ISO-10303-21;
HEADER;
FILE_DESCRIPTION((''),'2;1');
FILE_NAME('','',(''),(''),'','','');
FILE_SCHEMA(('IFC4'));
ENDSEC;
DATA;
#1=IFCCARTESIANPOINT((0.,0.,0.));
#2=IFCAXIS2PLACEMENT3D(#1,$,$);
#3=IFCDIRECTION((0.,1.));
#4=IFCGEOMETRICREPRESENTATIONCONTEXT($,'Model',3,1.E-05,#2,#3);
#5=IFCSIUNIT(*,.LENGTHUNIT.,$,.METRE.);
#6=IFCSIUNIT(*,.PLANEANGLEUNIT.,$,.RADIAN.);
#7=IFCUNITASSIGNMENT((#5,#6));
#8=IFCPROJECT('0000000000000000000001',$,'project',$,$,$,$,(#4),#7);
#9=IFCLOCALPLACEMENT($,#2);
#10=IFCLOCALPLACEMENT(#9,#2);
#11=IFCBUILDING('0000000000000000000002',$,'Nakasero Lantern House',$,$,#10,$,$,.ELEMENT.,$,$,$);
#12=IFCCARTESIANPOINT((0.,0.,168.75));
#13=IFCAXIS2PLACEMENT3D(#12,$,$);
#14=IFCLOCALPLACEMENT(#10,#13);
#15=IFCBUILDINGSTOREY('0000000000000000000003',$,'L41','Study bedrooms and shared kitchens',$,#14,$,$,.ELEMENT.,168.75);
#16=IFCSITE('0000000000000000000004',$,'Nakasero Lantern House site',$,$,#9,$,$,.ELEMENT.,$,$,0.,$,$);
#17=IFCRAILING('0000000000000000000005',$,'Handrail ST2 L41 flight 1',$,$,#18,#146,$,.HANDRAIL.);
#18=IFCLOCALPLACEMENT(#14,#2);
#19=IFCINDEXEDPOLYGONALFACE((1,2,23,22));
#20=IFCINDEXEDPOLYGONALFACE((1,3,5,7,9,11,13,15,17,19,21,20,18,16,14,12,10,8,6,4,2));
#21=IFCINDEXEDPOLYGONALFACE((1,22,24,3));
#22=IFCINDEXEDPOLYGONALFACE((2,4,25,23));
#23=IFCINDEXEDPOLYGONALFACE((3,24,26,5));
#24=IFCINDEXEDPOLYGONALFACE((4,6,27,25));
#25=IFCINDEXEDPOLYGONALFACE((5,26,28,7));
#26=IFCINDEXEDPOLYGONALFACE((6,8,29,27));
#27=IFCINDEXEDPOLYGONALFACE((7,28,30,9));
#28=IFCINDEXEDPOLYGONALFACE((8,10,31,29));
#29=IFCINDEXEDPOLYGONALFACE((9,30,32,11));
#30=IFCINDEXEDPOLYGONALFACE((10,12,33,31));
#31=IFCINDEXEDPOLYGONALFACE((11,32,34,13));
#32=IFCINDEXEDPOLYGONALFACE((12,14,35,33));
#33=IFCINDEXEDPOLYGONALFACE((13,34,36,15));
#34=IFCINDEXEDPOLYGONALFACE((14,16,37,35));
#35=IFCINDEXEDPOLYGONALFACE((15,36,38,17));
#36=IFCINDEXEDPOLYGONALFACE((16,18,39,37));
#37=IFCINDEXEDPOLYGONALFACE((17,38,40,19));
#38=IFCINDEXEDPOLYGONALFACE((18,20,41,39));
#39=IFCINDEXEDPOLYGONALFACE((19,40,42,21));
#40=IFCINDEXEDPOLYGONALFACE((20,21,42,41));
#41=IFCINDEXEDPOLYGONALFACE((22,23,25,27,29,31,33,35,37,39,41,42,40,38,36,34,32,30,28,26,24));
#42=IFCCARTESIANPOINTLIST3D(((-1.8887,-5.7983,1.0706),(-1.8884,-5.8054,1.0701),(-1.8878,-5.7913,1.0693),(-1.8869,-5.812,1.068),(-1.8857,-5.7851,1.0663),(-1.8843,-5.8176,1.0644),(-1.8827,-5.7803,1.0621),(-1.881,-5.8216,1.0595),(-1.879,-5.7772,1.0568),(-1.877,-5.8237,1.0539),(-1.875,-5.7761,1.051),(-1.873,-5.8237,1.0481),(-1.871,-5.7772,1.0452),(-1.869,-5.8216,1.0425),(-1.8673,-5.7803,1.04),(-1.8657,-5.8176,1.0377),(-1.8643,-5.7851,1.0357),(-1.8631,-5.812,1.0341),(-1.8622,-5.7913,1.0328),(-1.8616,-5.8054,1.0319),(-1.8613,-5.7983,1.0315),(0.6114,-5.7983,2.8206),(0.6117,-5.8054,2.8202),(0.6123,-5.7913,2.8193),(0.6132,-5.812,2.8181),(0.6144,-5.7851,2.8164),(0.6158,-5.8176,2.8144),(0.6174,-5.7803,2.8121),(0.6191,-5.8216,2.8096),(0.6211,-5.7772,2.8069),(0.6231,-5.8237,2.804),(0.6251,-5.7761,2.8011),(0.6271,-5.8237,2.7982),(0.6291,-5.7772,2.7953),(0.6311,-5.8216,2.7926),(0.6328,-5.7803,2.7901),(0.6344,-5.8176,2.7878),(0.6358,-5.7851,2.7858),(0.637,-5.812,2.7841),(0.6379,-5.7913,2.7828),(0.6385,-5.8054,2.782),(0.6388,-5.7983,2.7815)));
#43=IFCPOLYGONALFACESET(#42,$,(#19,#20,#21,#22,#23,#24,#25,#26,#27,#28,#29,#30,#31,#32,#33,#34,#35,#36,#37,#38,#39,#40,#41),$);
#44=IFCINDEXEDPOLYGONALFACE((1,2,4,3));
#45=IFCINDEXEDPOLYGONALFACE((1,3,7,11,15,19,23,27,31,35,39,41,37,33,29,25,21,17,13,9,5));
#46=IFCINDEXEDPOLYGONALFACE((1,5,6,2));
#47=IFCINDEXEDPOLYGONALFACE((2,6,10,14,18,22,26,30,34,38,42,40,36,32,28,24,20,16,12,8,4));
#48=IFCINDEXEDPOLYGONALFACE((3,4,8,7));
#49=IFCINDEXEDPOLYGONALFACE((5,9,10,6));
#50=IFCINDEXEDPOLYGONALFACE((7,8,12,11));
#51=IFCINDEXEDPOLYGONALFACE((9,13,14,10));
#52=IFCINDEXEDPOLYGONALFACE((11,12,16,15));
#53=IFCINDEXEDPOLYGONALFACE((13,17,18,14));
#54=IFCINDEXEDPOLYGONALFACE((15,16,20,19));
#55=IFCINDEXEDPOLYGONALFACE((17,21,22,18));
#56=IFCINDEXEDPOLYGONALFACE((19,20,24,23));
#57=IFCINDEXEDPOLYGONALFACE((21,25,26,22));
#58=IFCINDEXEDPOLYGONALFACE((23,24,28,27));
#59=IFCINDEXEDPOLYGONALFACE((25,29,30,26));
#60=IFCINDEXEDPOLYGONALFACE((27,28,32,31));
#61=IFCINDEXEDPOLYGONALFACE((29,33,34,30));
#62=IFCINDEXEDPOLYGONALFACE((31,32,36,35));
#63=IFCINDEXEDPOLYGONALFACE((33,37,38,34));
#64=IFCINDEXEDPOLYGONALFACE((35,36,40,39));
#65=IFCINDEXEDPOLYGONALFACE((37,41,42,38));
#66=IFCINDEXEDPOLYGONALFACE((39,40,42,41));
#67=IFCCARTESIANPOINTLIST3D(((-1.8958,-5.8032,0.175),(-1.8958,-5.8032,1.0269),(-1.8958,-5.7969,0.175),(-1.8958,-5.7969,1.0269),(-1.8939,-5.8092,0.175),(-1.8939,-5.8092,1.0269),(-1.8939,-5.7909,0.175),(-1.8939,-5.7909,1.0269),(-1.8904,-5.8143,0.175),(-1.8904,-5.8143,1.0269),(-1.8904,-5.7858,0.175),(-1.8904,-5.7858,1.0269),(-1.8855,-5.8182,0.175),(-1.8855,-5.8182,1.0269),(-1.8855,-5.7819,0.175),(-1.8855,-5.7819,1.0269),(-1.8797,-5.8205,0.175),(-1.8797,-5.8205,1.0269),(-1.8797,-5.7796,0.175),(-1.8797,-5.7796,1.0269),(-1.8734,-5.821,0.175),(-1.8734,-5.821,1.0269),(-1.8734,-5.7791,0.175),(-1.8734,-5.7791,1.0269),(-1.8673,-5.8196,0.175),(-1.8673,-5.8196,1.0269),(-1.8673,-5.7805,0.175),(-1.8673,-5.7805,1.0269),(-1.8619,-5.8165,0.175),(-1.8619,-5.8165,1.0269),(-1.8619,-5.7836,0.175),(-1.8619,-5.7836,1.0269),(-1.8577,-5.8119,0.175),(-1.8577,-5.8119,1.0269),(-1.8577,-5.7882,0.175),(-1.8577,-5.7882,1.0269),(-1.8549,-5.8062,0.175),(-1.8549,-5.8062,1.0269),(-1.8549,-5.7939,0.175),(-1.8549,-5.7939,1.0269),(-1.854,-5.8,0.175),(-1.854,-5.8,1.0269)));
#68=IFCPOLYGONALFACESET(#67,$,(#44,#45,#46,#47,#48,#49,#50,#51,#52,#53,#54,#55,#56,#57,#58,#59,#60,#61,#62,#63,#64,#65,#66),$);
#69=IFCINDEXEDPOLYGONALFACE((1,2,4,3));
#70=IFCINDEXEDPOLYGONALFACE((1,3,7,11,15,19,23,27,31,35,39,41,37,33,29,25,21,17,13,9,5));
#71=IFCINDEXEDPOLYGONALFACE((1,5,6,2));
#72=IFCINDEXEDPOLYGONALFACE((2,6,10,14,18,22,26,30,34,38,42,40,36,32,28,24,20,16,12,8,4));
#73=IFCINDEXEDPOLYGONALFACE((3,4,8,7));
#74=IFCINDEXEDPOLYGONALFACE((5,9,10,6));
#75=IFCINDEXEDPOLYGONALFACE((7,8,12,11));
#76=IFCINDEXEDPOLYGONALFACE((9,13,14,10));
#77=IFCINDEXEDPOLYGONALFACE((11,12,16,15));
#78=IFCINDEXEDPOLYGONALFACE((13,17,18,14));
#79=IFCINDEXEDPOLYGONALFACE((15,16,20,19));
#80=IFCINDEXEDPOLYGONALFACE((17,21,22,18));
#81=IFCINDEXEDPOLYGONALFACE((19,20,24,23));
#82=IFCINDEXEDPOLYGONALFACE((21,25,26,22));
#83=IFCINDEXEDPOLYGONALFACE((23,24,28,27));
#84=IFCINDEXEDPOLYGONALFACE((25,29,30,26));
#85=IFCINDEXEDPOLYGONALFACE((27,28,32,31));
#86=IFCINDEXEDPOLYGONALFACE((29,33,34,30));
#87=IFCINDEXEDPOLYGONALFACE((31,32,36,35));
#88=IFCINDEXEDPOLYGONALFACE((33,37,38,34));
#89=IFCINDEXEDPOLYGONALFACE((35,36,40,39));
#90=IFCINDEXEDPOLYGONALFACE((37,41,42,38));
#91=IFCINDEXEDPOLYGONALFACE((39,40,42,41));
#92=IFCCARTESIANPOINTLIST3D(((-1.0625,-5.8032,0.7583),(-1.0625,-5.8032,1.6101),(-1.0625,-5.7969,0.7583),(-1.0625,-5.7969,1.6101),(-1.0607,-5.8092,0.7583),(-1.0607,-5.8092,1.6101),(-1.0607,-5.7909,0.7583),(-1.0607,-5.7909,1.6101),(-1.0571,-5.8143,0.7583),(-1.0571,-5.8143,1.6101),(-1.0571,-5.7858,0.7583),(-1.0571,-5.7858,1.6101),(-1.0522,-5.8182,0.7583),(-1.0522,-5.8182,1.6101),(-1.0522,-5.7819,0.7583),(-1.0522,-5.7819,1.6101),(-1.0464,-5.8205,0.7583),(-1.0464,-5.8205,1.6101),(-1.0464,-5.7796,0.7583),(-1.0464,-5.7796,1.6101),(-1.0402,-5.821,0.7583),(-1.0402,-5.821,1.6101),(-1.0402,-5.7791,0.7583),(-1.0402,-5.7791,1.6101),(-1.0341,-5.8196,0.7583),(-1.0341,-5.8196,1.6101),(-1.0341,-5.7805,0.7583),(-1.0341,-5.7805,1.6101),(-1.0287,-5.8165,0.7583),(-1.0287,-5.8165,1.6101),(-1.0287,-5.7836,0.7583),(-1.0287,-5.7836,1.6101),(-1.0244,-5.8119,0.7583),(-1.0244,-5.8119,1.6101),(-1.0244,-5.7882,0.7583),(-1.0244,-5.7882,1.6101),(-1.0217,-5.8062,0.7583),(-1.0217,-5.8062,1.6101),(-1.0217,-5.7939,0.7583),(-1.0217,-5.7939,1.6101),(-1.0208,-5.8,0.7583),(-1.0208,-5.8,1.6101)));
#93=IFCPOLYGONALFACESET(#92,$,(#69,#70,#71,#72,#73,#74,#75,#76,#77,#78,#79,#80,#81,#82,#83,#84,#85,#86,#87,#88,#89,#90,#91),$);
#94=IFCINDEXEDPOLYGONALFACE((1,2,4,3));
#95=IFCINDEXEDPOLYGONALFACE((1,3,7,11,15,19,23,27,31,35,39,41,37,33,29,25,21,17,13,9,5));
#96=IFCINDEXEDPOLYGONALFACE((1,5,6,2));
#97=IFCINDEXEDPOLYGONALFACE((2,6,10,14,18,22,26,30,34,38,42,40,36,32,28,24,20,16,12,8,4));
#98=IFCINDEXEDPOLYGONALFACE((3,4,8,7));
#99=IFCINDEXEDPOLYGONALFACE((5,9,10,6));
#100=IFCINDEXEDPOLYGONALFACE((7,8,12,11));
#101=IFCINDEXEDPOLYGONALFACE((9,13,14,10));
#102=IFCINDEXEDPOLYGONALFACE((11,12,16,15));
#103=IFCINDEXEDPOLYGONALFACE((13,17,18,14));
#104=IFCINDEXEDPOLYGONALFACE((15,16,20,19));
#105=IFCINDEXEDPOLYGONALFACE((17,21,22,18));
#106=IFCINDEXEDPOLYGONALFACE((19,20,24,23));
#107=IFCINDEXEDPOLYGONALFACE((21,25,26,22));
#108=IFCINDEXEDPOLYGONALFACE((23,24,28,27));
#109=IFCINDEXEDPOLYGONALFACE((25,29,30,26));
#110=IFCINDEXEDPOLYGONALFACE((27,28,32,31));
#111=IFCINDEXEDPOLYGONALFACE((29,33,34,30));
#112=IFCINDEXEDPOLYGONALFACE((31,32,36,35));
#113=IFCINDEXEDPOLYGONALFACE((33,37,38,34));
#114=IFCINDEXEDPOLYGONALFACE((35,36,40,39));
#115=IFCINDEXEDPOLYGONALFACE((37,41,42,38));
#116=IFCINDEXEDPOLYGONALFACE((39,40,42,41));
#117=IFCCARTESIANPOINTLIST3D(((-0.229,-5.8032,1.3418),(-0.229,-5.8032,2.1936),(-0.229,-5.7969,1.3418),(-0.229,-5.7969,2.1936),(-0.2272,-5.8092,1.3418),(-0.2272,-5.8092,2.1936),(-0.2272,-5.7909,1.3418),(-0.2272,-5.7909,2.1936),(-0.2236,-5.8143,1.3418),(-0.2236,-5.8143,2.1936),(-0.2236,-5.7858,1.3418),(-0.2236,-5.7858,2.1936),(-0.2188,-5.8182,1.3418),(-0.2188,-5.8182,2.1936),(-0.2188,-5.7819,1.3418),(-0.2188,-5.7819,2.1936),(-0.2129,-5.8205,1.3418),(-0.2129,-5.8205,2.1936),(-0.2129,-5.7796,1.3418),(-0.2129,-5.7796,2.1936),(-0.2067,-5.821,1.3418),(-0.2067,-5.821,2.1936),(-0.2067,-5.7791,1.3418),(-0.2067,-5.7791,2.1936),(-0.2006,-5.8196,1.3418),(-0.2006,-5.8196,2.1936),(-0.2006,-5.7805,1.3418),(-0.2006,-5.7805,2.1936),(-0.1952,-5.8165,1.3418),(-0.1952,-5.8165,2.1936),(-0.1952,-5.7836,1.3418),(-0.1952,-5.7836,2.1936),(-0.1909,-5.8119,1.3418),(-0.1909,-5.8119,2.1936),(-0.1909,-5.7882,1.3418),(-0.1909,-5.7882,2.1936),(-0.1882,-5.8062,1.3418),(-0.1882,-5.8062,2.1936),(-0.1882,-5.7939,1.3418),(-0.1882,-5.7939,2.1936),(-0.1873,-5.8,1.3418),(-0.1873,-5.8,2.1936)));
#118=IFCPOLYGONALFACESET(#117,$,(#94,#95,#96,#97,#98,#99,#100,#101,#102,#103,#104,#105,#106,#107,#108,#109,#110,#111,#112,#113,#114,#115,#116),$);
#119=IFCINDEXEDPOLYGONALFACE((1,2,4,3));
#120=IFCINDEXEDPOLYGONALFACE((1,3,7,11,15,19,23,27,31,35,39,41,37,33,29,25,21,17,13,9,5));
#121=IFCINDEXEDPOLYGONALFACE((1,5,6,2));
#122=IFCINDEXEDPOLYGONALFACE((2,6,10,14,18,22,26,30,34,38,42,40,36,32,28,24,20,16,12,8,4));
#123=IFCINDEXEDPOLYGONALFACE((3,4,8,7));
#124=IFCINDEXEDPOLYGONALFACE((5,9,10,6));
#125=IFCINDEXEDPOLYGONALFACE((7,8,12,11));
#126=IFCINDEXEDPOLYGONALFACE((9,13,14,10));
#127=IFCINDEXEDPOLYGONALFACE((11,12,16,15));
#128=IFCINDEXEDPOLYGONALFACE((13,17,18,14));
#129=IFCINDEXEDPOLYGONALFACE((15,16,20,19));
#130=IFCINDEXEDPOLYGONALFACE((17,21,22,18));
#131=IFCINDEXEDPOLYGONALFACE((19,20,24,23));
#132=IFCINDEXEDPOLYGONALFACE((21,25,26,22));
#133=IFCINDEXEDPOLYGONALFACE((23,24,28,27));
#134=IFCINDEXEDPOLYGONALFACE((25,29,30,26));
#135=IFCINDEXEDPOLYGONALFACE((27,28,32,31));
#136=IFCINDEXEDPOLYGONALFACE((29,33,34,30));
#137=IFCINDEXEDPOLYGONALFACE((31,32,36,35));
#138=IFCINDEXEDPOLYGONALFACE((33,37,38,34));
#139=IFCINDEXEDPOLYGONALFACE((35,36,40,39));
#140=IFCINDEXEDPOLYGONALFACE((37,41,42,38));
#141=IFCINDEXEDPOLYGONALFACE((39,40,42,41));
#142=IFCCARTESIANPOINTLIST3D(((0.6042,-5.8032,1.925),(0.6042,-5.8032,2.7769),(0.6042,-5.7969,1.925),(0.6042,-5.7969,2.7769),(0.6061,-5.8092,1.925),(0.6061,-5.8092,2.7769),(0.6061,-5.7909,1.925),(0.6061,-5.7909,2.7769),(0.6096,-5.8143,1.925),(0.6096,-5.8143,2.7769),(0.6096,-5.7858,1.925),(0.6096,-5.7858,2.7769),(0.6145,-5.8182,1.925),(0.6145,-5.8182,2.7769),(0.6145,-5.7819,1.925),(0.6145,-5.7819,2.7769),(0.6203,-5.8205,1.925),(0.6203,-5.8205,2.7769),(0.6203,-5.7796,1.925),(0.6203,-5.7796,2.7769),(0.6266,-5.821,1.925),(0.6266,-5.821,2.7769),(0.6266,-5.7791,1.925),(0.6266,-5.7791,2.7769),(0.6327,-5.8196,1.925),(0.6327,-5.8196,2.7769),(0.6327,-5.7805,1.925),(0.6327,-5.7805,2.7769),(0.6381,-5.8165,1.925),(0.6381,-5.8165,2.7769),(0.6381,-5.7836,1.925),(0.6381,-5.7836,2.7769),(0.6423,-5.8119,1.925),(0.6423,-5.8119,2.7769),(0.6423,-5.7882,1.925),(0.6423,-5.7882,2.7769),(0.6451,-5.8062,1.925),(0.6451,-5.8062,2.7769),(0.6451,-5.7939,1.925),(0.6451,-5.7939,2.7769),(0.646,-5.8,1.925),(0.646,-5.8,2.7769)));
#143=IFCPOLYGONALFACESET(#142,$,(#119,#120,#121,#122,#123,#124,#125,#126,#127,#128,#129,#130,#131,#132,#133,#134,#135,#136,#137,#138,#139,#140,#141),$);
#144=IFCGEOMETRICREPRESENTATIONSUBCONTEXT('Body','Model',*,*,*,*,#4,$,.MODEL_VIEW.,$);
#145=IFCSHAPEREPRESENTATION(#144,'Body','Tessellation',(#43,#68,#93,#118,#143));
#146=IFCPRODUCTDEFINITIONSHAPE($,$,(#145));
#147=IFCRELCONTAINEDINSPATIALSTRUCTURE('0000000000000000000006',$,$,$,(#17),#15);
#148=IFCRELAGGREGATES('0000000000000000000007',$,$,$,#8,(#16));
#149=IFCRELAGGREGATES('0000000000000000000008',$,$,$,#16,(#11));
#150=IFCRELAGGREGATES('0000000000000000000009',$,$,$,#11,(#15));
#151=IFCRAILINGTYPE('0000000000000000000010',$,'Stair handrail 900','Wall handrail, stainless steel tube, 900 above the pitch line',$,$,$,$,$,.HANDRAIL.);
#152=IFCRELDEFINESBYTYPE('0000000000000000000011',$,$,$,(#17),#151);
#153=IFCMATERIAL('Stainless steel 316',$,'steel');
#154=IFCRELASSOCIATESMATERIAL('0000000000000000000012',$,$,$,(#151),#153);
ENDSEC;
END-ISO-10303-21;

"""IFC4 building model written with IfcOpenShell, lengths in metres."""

from ifc_helpers import new_model, si_unit, direction, frame, origin, origin_2d, place, context, subcontext, project, spatial, circle, extrude, material, type_object, element, save


model = new_model("IFC4")

# Units and contexts
model_context = context("Model", 3, precision=1e-05, world=origin(), true_north=direction((0.0, 1.0)))
body_context = subcontext(model_context, "Body", "Model", "MODEL_VIEW")
ifc_project = project(units=[si_unit("LENGTHUNIT", "METRE"), si_unit("PLANEANGLEUNIT", "RADIAN")], contexts=[model_context])

# Site, building, storey
site_placement = place(None, origin())
site = spatial("IfcSite", under=ifc_project, at=site_placement, Name="Nakasero Lantern House site", CompositionType="ELEMENT", RefElevation=0.0)
building_placement = place(site_placement, origin())
building = spatial("IfcBuilding", under=site, at=building_placement, Name="Nakasero Lantern House", CompositionType="ELEMENT")
storey_placement = place(building_placement, frame((0.0, 0.0, 168.75)))
storey = spatial("IfcBuildingStorey", under=building, at=storey_placement, Name="L41", Description="Study bedrooms and shared kitchens", CompositionType="ELEMENT", Elevation=168.75)

# Railing
ifc_material_1 = material(Name="Stainless steel 316", Category="steel")
railing_type = type_object("IfcRailingType", Name="Stair handrail 900", Description="Wall handrail, stainless steel tube, 900 above the pitch line", PredefinedType="HANDRAIL", material=ifc_material_1)
railing_placement = place(storey_placement, frame((-1.875, -5.8, 0.175)))
element("IfcRailing", 1, at=railing_placement, inside=storey, type_object=railing_type, Name="Handrail ST2 L41 flight 1", PredefinedType="HANDRAIL", context=body_context, shape_type="SweptSolid", body=[
    extrude(circle(Radius=0.0239, at=origin_2d()), frame((0.0, 0.0, 0.876), z_axis=(0.819232, 0.0, 0.573462), x_axis=(0.0, 1.0, 0.0)), (0.0, 0.0, 1.0), 3.0518),
    extrude(circle(Radius=0.021, at=origin_2d()), origin(), (0.0, 0.0, 1.0), 0.8518),
    extrude(circle(Radius=0.021, at=origin_2d()), frame((0.8333, 0.0, 0.5833)), (0.0, 0.0, 1.0), 0.8518),
    extrude(circle(Radius=0.021, at=origin_2d()), frame((1.6667, 0.0, 1.1667)), (0.0, 0.0, 1.0), 0.8518),
    extrude(circle(Radius=0.021, at=origin_2d()), frame((2.5, 0.0, 1.75)), (0.0, 0.0, 1.0), 0.8518),
])

save(model, "model.ifc")
